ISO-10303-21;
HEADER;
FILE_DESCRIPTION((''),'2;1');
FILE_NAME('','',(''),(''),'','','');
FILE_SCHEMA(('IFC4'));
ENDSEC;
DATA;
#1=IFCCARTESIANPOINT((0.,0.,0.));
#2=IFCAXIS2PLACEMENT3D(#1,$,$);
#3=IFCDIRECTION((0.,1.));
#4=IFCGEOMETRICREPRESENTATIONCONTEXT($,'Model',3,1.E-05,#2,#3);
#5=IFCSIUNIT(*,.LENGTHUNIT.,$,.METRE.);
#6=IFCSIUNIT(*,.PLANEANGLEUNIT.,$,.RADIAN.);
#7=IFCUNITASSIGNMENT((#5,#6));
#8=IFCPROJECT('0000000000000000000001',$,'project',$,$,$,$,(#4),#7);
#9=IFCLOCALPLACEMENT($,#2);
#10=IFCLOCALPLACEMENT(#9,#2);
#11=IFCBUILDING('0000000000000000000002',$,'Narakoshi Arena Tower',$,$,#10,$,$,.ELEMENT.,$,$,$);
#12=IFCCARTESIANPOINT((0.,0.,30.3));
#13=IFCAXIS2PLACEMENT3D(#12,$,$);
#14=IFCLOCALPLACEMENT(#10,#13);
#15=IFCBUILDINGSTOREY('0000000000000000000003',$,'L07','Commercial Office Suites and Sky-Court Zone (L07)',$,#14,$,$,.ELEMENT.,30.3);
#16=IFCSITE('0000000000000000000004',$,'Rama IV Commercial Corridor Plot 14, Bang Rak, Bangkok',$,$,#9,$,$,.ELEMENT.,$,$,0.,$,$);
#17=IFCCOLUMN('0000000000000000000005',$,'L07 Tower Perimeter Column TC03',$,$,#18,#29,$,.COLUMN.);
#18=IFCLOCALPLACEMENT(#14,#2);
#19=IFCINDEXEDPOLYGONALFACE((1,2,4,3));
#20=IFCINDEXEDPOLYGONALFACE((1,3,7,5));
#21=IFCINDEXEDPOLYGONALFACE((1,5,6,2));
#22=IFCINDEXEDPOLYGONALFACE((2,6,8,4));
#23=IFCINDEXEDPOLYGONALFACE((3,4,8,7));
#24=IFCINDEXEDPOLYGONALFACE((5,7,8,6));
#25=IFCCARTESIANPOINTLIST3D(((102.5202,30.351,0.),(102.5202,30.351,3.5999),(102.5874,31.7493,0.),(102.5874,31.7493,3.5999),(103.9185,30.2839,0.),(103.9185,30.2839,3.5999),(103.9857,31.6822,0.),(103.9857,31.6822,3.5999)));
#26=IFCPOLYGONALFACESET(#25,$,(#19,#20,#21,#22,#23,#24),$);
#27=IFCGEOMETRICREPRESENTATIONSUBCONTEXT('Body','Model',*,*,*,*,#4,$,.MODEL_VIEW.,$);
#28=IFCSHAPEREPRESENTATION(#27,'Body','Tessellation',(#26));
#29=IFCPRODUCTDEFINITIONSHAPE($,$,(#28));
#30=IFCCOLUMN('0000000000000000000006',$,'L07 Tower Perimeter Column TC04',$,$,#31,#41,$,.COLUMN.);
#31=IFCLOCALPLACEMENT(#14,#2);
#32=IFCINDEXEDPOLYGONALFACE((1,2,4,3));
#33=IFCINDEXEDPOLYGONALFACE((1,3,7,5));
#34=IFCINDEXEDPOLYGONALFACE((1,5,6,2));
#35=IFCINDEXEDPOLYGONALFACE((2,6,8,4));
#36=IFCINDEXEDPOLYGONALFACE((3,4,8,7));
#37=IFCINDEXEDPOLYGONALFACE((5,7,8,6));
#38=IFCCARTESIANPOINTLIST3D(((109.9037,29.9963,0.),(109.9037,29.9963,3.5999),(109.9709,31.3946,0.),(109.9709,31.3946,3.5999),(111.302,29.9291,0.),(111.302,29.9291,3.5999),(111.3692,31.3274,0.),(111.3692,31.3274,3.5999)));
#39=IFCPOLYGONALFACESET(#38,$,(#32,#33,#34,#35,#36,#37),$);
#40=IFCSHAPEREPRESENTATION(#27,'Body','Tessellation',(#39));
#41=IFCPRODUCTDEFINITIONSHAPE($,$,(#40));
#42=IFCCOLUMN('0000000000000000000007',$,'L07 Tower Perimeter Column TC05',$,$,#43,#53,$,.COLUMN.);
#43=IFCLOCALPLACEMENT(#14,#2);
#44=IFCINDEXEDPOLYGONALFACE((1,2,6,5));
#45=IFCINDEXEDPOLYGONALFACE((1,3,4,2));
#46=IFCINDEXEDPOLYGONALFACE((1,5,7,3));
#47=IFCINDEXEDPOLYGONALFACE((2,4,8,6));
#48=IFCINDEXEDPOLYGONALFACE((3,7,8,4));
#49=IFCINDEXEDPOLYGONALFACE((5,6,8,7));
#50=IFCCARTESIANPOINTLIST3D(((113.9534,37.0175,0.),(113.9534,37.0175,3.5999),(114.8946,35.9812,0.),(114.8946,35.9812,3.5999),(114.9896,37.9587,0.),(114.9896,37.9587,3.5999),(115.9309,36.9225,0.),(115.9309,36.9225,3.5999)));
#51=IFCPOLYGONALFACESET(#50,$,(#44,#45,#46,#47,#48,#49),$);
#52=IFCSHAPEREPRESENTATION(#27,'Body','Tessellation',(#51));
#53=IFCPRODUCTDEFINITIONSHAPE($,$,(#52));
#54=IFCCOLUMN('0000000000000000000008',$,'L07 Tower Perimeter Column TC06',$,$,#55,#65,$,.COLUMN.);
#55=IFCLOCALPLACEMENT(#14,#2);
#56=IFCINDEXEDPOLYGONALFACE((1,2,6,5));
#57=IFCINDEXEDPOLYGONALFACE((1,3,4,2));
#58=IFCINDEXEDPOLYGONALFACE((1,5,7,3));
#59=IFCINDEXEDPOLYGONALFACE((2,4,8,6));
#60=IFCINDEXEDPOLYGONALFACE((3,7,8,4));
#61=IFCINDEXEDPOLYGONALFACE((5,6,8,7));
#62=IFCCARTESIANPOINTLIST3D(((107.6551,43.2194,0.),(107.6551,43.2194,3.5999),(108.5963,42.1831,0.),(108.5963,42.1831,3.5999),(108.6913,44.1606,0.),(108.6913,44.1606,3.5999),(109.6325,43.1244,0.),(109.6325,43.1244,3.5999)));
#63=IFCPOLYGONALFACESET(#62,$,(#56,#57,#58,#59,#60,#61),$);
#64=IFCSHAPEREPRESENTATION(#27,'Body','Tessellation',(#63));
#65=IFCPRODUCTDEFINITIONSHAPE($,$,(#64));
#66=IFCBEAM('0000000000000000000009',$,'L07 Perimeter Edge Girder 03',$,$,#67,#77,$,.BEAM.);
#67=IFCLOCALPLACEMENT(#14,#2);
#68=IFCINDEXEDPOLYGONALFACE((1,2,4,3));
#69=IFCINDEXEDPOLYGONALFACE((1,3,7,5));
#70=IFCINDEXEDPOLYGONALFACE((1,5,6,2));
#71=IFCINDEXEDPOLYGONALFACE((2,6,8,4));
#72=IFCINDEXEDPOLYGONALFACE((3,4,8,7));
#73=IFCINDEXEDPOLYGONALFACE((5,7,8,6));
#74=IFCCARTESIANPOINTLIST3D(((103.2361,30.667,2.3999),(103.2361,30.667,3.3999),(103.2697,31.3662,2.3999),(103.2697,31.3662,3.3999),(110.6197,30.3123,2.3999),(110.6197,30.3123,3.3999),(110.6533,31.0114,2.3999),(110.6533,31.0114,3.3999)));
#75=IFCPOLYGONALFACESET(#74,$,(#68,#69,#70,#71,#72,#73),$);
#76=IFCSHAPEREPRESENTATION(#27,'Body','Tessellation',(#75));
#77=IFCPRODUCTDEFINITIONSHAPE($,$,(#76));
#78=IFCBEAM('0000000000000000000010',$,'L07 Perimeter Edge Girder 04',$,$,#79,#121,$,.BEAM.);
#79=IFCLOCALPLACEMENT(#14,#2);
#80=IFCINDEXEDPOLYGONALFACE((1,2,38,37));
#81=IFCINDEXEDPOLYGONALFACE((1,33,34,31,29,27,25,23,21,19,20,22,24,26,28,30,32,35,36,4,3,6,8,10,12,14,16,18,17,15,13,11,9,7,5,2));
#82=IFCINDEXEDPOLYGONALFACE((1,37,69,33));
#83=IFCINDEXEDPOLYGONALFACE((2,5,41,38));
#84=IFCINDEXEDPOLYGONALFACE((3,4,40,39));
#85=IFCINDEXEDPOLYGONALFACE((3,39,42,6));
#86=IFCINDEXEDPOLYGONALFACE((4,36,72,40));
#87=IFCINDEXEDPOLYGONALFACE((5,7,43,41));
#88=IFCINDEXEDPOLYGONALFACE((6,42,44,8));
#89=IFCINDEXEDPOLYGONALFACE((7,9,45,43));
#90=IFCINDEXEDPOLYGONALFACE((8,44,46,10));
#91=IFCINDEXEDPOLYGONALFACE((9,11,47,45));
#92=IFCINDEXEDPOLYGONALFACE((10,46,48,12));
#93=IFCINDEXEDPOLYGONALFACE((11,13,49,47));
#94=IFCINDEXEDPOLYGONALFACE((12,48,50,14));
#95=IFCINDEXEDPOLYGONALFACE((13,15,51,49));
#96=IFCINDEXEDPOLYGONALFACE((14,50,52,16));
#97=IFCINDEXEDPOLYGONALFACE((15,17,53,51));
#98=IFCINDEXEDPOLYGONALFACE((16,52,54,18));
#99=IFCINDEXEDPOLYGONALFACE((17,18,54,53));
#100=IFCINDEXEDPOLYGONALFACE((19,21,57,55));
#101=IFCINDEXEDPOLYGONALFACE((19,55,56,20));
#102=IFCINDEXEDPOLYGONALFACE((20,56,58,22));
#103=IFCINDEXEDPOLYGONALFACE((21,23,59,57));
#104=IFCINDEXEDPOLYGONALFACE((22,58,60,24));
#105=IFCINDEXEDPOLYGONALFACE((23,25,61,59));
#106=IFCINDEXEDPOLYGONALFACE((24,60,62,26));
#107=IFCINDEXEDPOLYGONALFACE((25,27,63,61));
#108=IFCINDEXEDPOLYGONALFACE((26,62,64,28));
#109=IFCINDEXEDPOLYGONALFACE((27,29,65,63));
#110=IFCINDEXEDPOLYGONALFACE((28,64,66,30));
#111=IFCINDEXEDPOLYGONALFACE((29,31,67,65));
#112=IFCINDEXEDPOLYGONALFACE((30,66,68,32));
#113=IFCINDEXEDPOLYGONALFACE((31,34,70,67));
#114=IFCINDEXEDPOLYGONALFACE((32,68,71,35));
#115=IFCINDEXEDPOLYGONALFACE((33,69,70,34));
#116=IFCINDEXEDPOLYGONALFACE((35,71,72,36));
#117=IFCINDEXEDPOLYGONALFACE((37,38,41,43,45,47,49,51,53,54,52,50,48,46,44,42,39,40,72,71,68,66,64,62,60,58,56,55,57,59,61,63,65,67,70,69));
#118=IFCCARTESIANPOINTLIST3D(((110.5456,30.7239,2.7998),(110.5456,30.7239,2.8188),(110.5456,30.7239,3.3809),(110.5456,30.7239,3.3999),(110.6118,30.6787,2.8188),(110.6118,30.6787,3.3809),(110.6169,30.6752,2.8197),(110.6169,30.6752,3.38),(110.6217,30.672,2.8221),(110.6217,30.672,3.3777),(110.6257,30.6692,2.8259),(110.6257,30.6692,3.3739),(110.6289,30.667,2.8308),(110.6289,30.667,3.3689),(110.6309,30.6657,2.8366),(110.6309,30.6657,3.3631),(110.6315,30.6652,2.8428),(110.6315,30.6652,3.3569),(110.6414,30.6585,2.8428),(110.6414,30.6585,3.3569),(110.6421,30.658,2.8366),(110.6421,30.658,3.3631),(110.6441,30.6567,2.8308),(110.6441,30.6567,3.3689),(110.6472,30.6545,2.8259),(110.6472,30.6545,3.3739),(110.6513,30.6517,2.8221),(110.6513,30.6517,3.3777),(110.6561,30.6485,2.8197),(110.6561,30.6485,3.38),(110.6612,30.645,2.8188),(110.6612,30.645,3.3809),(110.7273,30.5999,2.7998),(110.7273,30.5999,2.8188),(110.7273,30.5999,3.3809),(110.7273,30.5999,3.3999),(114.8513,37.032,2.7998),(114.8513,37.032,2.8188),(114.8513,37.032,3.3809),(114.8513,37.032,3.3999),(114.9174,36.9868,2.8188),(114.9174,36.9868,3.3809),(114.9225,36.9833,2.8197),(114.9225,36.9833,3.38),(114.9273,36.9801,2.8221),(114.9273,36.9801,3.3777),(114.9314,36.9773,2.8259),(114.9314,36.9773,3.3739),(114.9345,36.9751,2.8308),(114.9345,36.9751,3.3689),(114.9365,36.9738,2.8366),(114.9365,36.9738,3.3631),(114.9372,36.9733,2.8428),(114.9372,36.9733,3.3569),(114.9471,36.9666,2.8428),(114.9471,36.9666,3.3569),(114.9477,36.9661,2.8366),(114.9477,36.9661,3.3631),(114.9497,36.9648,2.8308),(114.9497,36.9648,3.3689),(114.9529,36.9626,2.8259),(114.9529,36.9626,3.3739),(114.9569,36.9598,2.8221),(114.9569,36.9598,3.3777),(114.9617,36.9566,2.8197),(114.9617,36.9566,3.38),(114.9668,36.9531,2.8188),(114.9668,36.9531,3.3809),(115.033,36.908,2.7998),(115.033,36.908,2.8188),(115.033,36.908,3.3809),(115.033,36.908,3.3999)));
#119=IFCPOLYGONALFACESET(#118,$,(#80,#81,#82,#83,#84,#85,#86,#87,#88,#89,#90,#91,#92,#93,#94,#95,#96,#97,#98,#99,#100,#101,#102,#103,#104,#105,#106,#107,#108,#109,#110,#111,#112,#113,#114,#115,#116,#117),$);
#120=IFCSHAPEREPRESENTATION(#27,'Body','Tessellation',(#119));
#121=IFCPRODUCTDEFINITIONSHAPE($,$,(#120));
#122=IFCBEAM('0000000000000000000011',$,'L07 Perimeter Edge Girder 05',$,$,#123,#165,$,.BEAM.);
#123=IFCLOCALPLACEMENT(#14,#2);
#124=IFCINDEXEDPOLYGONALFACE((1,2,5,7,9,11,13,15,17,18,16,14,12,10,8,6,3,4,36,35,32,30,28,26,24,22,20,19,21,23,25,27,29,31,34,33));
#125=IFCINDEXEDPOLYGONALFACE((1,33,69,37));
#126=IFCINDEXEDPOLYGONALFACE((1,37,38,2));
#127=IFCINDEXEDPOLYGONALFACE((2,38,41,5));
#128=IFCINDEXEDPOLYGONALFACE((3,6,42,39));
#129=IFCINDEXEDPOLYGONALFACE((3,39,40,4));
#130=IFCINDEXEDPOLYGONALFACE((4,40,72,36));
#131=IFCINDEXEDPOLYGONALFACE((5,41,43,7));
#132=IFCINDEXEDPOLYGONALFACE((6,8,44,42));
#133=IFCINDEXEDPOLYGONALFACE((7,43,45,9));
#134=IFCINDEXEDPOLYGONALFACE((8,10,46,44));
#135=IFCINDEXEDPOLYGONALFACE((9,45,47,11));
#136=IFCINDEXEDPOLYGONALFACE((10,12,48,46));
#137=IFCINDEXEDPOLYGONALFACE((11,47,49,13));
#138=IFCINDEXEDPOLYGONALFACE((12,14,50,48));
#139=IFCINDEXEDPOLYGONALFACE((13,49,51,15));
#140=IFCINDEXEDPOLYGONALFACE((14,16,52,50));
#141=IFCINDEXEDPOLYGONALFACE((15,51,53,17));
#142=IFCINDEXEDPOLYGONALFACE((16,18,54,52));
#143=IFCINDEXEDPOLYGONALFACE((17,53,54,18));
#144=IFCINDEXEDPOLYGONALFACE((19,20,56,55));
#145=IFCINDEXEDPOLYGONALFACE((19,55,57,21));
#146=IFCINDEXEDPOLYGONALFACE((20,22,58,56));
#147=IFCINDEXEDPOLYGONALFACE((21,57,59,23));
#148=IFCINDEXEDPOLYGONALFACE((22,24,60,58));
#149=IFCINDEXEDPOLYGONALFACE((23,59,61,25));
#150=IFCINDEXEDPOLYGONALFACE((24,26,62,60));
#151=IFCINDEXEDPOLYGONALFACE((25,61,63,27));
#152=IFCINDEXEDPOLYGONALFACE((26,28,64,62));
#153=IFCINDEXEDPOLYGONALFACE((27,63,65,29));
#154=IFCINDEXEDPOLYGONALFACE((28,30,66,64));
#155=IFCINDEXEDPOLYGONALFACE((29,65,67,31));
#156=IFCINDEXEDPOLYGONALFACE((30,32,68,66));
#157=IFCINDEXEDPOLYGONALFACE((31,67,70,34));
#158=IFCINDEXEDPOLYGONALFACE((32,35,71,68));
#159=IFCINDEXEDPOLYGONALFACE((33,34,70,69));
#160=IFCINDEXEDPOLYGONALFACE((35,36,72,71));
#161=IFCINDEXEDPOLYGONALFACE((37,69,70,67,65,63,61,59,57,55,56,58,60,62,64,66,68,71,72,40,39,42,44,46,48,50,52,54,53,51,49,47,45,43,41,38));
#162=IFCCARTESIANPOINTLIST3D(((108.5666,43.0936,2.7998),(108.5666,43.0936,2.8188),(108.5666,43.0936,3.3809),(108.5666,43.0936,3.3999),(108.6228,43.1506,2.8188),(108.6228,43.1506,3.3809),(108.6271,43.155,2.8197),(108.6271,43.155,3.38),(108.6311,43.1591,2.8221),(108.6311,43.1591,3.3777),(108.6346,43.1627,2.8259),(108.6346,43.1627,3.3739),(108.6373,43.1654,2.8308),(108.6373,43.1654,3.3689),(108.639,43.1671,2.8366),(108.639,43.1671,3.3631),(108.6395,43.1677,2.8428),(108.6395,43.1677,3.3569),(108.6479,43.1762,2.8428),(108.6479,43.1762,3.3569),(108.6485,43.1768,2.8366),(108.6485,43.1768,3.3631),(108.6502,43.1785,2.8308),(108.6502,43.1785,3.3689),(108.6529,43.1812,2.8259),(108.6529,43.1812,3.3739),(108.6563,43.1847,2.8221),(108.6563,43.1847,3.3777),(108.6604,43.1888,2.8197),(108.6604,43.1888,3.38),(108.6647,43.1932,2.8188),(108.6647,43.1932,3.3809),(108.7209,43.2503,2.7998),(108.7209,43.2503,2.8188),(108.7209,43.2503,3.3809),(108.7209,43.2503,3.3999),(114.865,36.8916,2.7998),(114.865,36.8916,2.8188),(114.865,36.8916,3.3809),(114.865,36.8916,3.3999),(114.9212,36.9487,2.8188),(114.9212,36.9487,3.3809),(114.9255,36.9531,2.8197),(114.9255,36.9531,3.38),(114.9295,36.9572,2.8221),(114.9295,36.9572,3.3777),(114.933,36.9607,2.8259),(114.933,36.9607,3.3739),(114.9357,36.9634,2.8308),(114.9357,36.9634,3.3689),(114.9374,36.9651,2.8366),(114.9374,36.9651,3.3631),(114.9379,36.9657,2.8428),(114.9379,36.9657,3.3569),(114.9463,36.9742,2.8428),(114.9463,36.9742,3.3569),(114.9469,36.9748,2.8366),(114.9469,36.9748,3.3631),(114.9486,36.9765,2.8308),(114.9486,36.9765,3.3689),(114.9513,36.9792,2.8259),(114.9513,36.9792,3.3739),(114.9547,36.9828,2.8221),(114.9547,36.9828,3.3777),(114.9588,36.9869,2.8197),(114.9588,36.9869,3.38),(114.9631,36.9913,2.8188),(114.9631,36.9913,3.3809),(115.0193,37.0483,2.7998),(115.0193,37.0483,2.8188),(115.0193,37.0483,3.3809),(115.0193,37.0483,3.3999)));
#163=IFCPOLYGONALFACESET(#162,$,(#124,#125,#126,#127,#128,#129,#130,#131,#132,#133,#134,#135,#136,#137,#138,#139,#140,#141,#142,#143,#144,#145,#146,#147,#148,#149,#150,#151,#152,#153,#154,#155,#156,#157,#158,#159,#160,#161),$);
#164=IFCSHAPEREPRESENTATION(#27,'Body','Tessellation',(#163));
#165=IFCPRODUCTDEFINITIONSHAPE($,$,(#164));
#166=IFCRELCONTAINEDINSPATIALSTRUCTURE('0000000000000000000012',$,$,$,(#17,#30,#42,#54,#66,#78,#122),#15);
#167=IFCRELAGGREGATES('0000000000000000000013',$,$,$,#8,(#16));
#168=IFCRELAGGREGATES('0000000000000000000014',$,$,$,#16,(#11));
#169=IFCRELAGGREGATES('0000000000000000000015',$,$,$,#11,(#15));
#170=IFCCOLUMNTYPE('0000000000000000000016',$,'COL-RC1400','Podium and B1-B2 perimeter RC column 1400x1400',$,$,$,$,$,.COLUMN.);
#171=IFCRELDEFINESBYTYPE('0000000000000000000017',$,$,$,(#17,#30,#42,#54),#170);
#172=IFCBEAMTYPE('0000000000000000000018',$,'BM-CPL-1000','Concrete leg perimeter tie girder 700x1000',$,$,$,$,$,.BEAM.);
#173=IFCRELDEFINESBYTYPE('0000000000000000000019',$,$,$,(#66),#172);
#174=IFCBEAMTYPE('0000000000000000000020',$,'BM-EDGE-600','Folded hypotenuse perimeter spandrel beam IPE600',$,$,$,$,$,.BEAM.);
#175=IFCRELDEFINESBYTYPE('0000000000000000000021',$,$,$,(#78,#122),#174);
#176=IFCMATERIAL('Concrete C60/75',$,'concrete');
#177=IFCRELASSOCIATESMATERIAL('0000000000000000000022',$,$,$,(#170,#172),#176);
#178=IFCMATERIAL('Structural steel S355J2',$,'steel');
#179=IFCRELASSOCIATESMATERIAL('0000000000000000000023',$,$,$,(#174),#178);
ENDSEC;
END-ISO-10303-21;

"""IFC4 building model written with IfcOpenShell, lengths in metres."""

from ifc_helpers import new_model, si_unit, direction, frame, origin, origin_2d, place, context, subcontext, project, spatial, rectangle, i_section, extrude, material, material_profile, profile_set, type_object, element, save


model = new_model("IFC4")

# Units and contexts
model_context = context("Model", 3, precision=1e-05, world=origin(), true_north=direction((0.0, 1.0)))
body_context = subcontext(model_context, "Body", "Model", "MODEL_VIEW")
ifc_project = project(units=[si_unit("LENGTHUNIT", "METRE"), si_unit("PLANEANGLEUNIT", "RADIAN")], contexts=[model_context])

# Site, building, storey
site_placement = place(None, origin())
site = spatial("IfcSite", under=ifc_project, at=site_placement, Name="Rama IV Commercial Corridor Plot 14, Bang Rak, Bangkok", CompositionType="ELEMENT", RefElevation=0.0)
building_placement = place(site_placement, origin())
building = spatial("IfcBuilding", under=site, at=building_placement, Name="Narakoshi Arena Tower", CompositionType="ELEMENT")
storey_placement = place(building_placement, frame((0.0, 0.0, 30.3)))
storey = spatial("IfcBuildingStorey", under=building, at=storey_placement, Name="L07", Description="Commercial Office Suites and Sky-Court Zone (L07)", CompositionType="ELEMENT", Elevation=30.3)

# Columns
ifc_material_1 = material(Name="Concrete C60/75", Category="concrete")
ifc_material_profile_1 = material_profile(ifc_material_1, rectangle(XDim=1.3999, YDim=1.3999, at=origin_2d()), Name="RC1400x1400")
ifc_profile_set_1 = profile_set([ifc_material_profile_1], Name="Concrete C60/75")
column_type = type_object("IfcColumnType", Name="COL-RC1400", Description="Podium and B1-B2 perimeter RC column 1400x1400", PredefinedType="COLUMN", material=ifc_profile_set_1)
for number, where, z_axis, x_axis, name in (
    (1, (103.2529, 31.0166, 0.0), (0.0, 0.0, 1.0), (-0.998848, 0.047978, 0.0), "L07 Tower Perimeter Column TC03"),
    (2, (110.6365, 30.6619, 0.0), (0.0, 0.0, 1.0), (-0.998848, 0.047978, 0.0), "L07 Tower Perimeter Column TC04"),
    (3, (114.9421, 36.97, 0.0), (0.0, 0.0, 1.0), (0.740218, 0.672367, 0.0), "L07 Tower Perimeter Column TC05"),
    (4, (108.6438, 43.1719, 0.0), (0.0, 0.0, 1.0), (0.740218, 0.672367, 0.0), "L07 Tower Perimeter Column TC06"),
):
    element("IfcColumn", number, at=place(storey_placement, frame(where, z_axis=z_axis, x_axis=x_axis)), inside=storey, type_object=column_type, Name=name, PredefinedType="COLUMN", context=body_context, shape_type="SweptSolid", body=[
        extrude(rectangle(XDim=1.3999, YDim=1.3999, at=origin_2d()), origin(), (0.0, 0.0, 1.0), 3.5999),
    ])

# Beams
ifc_material_profile_2 = material_profile(ifc_material_1, rectangle(XDim=0.7, YDim=1.0, at=origin_2d()), Name="RCB700x1000")
ifc_profile_set_2 = profile_set([ifc_material_profile_2], Name="Concrete C60/75")
beam_type_1 = type_object("IfcBeamType", Name="BM-CPL-1000", Description="Concrete leg perimeter tie girder 700x1000", PredefinedType="BEAM", material=ifc_profile_set_2)
beam_1_placement = place(storey_placement, frame((103.2529, 31.0166, 2.8999), z_axis=(0.998848, -0.047989, 0.0), x_axis=(0.047989, 0.998848, 0.0)))
element("IfcBeam", 5, at=beam_1_placement, inside=storey, type_object=beam_type_1, Name="L07 Perimeter Edge Girder 03", PredefinedType="BEAM", context=body_context, shape_type="SweptSolid", body=[
    extrude(rectangle(XDim=0.7, YDim=1.0, at=origin_2d()), origin(), (0.0, 0.0, 1.0), 7.3921),
])
ifc_material_2 = material(Name="Structural steel S355J2", Category="steel")
ifc_material_profile_3 = material_profile(ifc_material_2, i_section(OverallWidth=0.22, OverallDepth=0.6001, WebThickness=0.012, FlangeThickness=0.019, FilletRadius=0.0239, at=origin_2d()), Name="IPE600")
ifc_profile_set_3 = profile_set([ifc_material_profile_3], Name="Structural steel S355J2")
beam_type_2 = type_object("IfcBeamType", Name="BM-EDGE-600", Description="Folded hypotenuse perimeter spandrel beam IPE600", PredefinedType="BEAM", material=ifc_profile_set_3)
beam_2_placement = place(storey_placement, frame((110.6365, 30.6619, 3.0999), z_axis=(0.563755, 0.825942, 0.0), x_axis=(-0.825942, 0.563755, 0.0)))
element("IfcBeam", 6, at=beam_2_placement, inside=storey, type_object=beam_type_2, Name="L07 Perimeter Edge Girder 04", PredefinedType="BEAM", context=body_context, shape_type="SweptSolid", body=[
    extrude(i_section(OverallWidth=0.22, OverallDepth=0.6001, WebThickness=0.012, FlangeThickness=0.019, FilletRadius=0.0239, at=origin_2d()), origin(), (0.0, 0.0, 1.0), 7.6375),
])
for number, where, z_axis, x_axis, name in (
    (7, (114.9421, 36.97, 3.0999), (-0.712541, 0.701631, 0.0), (-0.701631, -0.712541, 0.0), "L07 Perimeter Edge Girder 05"),
):
    element("IfcBeam", number, at=place(storey_placement, frame(where, z_axis=z_axis, x_axis=x_axis)), inside=storey, type_object=beam_type_2, Name=name, PredefinedType="BEAM", context=body_context, shape_type="SweptSolid", body=[
        extrude(i_section(OverallWidth=0.22, OverallDepth=0.6001, WebThickness=0.012, FlangeThickness=0.019, FilletRadius=0.0239, at=origin_2d()), origin(), (0.0, 0.0, 1.0), 8.8394),
    ])

save(model, "model.ifc")
